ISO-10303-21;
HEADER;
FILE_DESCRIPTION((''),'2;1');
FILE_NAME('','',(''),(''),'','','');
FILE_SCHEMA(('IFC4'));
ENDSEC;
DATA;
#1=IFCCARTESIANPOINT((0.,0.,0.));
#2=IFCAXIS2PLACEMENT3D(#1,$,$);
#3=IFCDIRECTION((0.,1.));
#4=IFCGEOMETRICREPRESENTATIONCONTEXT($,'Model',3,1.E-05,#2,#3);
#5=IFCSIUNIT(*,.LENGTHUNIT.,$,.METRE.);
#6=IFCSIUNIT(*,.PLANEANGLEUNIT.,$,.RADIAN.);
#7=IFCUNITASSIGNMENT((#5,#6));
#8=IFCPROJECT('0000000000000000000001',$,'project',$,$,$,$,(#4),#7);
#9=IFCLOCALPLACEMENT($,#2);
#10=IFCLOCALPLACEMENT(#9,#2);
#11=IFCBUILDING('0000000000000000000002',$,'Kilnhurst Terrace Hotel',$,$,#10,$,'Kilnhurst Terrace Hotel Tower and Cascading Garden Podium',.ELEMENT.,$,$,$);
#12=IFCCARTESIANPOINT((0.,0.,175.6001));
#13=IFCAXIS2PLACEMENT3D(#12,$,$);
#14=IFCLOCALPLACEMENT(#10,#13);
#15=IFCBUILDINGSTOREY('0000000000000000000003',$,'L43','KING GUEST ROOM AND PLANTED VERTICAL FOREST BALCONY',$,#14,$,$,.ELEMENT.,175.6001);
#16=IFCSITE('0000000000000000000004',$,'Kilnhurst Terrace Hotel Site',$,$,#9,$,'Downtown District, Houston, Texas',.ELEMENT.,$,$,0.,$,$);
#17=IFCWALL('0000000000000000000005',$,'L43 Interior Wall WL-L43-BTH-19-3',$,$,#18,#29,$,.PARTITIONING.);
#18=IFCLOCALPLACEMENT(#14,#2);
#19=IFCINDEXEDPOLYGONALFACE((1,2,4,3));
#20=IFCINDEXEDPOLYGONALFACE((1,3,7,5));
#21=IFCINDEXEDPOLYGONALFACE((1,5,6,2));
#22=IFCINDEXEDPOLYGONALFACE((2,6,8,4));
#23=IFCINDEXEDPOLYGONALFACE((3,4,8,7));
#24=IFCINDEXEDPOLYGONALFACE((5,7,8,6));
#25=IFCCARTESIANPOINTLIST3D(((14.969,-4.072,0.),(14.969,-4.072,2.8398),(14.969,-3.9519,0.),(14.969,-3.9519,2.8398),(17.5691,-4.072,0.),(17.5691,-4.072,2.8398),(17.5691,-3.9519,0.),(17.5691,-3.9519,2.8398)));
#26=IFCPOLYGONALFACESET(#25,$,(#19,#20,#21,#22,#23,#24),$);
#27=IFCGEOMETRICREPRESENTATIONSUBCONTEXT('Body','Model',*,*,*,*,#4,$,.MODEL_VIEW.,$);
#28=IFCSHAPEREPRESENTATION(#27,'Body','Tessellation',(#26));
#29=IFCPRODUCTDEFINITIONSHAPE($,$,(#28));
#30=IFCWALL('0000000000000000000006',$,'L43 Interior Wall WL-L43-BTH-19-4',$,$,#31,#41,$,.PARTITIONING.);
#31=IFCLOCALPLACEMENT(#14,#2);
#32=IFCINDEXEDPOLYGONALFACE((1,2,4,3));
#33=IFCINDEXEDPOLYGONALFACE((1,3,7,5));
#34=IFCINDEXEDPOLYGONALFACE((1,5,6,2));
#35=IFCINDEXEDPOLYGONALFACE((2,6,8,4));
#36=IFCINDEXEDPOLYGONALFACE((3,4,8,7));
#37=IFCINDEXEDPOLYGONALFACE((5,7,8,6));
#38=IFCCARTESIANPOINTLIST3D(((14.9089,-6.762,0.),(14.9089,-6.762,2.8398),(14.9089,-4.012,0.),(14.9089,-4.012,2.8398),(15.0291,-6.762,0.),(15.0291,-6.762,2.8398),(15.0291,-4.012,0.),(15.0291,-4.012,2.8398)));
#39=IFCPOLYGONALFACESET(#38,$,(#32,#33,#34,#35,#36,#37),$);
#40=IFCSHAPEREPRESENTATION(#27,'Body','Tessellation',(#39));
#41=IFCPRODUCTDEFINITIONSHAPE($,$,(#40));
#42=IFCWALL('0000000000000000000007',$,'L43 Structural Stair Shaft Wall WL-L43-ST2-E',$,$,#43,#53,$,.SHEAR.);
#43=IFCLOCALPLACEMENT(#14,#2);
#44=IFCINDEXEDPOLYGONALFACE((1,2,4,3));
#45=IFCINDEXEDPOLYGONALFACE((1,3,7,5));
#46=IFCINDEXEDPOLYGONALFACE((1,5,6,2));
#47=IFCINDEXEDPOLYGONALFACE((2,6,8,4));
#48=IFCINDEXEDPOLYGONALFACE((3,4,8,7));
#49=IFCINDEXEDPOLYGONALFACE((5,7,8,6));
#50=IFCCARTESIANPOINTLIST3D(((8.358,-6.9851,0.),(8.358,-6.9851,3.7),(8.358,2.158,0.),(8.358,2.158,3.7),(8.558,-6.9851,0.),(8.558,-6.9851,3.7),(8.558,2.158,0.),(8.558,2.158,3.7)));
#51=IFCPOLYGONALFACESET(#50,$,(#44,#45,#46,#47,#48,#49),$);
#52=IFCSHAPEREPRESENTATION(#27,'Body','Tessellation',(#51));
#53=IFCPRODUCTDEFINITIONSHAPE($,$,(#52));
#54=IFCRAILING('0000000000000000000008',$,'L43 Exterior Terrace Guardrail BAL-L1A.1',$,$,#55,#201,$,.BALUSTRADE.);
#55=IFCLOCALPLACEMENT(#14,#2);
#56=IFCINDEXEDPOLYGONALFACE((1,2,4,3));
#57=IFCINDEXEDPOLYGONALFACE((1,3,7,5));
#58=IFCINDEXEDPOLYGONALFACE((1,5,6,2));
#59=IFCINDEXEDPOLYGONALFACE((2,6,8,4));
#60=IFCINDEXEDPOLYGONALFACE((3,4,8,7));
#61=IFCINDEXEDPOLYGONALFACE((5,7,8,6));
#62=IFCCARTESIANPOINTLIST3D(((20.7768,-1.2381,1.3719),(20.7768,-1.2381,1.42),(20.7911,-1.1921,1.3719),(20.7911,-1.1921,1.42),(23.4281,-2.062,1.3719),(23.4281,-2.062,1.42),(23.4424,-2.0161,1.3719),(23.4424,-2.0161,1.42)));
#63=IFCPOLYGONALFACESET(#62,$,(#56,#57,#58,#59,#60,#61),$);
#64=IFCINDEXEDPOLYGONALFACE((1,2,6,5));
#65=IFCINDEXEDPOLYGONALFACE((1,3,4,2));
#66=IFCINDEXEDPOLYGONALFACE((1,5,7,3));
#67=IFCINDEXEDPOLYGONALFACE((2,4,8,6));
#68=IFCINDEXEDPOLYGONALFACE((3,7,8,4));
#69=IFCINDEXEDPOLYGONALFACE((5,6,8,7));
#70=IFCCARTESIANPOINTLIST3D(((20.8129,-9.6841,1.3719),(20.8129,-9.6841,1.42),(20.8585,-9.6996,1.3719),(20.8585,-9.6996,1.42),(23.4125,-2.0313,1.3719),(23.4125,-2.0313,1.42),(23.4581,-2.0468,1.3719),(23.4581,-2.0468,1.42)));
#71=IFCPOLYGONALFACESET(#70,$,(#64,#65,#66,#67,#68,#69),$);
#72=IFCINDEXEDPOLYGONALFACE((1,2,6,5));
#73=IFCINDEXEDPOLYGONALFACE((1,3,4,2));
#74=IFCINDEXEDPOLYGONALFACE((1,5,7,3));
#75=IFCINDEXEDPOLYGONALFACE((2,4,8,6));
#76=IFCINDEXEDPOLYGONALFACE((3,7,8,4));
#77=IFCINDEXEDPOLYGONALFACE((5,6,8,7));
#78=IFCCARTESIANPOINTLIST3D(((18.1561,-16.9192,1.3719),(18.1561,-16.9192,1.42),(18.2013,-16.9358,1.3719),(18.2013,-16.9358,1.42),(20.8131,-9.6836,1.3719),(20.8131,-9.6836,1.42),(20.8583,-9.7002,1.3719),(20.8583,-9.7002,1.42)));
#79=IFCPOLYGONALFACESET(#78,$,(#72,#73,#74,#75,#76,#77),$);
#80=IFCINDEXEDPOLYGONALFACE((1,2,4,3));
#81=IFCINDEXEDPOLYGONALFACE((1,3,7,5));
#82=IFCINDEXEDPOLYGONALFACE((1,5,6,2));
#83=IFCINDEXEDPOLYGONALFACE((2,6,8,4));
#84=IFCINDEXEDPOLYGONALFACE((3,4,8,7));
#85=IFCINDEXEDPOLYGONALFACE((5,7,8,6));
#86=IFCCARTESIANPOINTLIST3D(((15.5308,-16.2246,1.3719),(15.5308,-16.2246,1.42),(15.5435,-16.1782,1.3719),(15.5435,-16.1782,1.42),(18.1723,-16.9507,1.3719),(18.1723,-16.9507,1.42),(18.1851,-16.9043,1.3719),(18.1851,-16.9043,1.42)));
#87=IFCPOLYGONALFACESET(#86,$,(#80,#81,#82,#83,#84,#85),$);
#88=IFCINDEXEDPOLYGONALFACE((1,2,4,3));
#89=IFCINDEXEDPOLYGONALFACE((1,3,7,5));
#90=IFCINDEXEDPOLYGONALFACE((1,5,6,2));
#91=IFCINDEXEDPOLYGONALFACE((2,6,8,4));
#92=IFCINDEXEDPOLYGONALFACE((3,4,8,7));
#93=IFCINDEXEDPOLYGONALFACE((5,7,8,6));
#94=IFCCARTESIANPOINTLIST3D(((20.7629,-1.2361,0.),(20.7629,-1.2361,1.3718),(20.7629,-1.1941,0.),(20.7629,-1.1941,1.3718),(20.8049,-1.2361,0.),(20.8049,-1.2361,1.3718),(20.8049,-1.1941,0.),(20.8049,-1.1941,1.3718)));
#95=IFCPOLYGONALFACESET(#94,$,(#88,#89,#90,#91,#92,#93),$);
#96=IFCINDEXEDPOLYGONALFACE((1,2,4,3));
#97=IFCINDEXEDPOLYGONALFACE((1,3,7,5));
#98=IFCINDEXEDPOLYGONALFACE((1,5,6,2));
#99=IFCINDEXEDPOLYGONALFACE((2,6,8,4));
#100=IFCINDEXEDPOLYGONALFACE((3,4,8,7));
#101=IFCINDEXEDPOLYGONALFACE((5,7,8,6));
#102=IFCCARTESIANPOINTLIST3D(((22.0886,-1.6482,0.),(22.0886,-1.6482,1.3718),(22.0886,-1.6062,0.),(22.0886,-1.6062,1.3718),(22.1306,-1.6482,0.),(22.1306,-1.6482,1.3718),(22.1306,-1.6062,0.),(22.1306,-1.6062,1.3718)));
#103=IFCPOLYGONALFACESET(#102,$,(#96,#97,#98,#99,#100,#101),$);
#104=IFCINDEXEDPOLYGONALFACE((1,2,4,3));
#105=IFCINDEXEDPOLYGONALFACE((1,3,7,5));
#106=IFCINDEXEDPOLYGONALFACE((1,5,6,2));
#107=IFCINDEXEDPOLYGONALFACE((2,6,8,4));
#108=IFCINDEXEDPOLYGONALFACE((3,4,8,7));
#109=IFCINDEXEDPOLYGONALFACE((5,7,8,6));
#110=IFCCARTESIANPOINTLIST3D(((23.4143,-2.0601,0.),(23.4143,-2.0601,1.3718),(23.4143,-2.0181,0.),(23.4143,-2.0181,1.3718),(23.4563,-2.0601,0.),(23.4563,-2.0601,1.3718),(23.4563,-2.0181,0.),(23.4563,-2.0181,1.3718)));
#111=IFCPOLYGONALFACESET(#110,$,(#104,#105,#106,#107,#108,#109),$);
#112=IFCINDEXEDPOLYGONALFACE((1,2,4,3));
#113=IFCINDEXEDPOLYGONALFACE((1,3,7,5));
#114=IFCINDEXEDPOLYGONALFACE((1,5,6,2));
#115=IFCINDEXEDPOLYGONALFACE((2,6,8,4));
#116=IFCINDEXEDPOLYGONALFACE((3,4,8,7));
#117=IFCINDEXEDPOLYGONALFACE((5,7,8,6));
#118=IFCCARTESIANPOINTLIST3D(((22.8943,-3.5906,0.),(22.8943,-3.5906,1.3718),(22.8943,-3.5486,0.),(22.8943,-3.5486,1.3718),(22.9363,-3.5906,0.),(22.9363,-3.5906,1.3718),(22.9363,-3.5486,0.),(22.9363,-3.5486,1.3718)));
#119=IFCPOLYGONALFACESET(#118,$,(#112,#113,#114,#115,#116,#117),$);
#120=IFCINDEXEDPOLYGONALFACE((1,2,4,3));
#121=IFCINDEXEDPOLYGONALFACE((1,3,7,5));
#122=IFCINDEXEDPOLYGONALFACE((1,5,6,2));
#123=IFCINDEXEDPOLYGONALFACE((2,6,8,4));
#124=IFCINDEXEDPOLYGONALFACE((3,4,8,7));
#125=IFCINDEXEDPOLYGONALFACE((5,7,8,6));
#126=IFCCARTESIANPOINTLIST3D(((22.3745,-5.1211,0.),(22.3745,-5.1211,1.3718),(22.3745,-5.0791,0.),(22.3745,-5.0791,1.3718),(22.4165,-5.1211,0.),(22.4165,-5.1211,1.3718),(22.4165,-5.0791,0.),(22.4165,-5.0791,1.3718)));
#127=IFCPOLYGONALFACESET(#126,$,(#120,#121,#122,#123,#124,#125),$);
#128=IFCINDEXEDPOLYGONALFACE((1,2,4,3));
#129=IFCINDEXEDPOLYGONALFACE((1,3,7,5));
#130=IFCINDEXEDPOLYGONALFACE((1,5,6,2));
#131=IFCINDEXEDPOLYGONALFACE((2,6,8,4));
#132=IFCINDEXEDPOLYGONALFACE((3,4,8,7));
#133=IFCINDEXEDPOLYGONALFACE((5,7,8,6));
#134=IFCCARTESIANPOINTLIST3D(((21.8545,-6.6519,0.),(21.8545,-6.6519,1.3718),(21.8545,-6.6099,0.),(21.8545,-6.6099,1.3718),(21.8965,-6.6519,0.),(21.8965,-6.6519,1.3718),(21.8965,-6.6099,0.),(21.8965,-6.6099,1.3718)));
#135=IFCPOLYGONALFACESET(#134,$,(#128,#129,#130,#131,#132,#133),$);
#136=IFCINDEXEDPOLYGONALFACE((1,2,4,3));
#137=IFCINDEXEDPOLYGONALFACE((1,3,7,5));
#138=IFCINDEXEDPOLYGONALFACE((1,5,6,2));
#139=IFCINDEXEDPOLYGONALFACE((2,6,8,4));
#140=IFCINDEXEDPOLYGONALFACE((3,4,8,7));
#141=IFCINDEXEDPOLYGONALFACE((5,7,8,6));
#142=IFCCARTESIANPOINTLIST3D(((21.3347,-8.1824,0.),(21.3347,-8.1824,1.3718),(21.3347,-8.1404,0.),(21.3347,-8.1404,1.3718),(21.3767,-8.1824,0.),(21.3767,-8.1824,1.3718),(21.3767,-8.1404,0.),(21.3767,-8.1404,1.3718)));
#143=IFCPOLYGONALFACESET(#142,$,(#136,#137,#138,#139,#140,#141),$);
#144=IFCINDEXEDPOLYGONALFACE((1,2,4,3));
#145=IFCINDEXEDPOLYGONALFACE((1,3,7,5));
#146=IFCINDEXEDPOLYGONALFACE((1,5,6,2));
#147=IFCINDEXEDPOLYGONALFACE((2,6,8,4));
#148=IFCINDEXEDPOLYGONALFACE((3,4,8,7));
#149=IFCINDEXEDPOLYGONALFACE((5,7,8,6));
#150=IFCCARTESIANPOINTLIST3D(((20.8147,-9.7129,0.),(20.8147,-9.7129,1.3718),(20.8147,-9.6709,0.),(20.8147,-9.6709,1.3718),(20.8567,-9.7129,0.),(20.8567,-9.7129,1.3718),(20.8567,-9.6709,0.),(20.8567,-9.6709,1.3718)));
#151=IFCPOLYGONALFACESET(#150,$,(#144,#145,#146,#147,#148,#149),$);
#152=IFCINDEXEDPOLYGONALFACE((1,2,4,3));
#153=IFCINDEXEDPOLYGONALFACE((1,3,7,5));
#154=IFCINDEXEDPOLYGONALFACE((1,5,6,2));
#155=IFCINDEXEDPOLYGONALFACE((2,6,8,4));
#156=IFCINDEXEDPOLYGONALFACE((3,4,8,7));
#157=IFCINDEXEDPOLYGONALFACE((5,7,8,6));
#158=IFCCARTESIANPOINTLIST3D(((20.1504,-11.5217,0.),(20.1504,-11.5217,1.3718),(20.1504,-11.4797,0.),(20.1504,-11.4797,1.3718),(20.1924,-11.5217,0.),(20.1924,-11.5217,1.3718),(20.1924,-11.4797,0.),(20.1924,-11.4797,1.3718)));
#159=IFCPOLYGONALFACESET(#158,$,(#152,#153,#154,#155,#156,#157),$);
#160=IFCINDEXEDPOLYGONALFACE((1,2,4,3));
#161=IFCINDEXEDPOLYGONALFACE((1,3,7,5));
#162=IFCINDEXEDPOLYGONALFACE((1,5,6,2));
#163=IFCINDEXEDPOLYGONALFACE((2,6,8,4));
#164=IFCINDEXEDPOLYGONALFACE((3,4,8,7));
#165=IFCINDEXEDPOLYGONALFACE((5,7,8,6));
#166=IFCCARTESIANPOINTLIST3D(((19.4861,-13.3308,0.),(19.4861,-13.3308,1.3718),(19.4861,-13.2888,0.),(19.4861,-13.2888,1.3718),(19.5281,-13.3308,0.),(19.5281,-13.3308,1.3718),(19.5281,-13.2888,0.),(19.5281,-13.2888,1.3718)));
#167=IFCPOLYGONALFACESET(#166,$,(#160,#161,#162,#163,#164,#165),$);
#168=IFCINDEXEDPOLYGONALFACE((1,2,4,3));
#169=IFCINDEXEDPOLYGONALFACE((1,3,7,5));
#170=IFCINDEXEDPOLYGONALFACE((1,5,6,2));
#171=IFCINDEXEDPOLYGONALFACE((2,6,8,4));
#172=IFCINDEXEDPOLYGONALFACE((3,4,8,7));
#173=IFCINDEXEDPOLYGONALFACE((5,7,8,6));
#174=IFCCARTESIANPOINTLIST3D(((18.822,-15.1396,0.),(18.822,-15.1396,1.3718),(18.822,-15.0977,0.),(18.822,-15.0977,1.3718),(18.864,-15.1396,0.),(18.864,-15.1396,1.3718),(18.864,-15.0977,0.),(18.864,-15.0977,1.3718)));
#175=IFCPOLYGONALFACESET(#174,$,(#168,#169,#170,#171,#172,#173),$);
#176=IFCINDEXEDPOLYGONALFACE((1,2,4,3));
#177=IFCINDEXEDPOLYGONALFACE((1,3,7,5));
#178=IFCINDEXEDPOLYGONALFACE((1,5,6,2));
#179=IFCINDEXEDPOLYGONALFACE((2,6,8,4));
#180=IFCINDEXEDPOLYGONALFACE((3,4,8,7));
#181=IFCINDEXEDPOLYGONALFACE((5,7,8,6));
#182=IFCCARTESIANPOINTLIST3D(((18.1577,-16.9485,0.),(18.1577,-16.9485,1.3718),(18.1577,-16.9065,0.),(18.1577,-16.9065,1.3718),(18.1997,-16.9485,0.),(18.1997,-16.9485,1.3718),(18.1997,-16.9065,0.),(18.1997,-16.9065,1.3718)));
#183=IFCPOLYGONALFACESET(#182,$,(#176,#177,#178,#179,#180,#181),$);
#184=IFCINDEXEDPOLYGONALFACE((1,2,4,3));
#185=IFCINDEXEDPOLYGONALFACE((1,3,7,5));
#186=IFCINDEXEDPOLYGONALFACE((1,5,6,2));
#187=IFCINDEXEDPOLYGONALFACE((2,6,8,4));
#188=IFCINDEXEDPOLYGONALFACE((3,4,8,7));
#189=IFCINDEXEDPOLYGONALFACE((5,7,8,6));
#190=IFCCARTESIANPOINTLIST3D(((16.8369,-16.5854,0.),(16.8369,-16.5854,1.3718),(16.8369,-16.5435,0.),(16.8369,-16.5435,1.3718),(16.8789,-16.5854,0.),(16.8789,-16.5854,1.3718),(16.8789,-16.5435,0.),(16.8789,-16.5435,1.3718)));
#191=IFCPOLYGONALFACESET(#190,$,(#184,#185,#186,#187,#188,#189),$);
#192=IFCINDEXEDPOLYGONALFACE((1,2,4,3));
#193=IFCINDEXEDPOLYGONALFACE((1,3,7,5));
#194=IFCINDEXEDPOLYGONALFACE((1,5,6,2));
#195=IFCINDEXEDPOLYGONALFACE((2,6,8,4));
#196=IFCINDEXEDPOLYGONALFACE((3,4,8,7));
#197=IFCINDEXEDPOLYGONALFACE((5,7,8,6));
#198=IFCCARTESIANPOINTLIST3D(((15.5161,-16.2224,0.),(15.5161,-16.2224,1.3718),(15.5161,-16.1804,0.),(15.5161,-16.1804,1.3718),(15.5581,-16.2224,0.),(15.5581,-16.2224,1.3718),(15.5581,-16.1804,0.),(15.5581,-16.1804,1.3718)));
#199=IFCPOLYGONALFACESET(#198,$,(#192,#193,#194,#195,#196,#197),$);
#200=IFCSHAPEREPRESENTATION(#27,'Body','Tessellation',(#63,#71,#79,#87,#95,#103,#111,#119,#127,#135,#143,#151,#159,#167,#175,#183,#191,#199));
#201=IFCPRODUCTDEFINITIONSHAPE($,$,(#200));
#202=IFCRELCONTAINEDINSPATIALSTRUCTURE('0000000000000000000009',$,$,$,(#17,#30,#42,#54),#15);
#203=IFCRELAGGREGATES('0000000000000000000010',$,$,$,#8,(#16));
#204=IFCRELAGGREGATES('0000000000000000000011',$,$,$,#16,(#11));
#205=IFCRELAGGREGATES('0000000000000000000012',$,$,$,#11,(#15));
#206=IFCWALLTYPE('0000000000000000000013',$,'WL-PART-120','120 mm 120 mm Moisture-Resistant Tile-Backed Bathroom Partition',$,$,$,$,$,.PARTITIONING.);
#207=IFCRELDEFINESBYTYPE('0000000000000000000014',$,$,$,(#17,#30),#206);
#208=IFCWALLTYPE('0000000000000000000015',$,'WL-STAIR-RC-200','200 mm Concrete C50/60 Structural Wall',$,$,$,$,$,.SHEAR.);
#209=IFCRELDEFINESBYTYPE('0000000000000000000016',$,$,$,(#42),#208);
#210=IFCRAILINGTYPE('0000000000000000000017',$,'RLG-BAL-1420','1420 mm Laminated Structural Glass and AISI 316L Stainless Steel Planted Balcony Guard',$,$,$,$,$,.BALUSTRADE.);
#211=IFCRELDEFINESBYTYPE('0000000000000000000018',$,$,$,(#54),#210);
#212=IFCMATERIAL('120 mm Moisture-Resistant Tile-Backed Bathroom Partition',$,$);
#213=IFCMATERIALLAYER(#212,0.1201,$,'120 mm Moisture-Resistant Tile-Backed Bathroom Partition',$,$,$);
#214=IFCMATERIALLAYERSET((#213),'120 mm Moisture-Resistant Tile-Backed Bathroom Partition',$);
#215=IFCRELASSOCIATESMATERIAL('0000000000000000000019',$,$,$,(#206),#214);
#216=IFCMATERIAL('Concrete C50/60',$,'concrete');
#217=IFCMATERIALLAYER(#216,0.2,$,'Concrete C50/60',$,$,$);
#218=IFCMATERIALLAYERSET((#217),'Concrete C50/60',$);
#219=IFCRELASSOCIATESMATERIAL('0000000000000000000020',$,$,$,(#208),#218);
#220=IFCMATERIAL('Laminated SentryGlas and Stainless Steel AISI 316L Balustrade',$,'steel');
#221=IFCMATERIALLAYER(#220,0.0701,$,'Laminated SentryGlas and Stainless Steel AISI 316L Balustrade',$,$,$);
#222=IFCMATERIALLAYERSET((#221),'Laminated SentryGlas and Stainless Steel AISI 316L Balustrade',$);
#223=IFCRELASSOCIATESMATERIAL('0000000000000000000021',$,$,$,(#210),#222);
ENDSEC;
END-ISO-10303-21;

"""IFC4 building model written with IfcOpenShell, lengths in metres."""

from ifc_helpers import new_model, si_unit, direction, frame, frame_2d, origin, origin_2d, place, context, subcontext, project, spatial, rectangle, extrude, material, layer, layer_set, type_object, element, save


model = new_model("IFC4")

# Units and contexts
model_context = context("Model", 3, precision=1e-05, world=origin(), true_north=direction((0.0, 1.0)))
body_context = subcontext(model_context, "Body", "Model", "MODEL_VIEW")
ifc_project = project(units=[si_unit("LENGTHUNIT", "METRE"), si_unit("PLANEANGLEUNIT", "RADIAN")], contexts=[model_context])

# Site, building, storey
site_placement = place(None, origin())
site = spatial("IfcSite", under=ifc_project, at=site_placement, Name="Kilnhurst Terrace Hotel Site", LongName="Downtown District, Houston, Texas", CompositionType="ELEMENT", RefElevation=0.0)
building_placement = place(site_placement, origin())
building = spatial("IfcBuilding", under=site, at=building_placement, Name="Kilnhurst Terrace Hotel", LongName="Kilnhurst Terrace Hotel Tower and Cascading Garden Podium", CompositionType="ELEMENT")
storey_placement = place(building_placement, frame((0.0, 0.0, 175.6001)))
storey = spatial("IfcBuildingStorey", under=building, at=storey_placement, Name="L43", Description="KING GUEST ROOM AND PLANTED VERTICAL FOREST BALCONY", CompositionType="ELEMENT", Elevation=175.6001)

# Shared definitions
ifc_material_1 = material(Name="Concrete C50/60", Category="concrete")

# Shared definitions
ifc_material_2 = material(Name="120 mm Moisture-Resistant Tile-Backed Bathroom Partition")
ifc_layer_1 = layer(ifc_material_2, 0.1201, Name="120 mm Moisture-Resistant Tile-Backed Bathroom Partition")
ifc_layer_set_1 = layer_set([ifc_layer_1], Name="120 mm Moisture-Resistant Tile-Backed Bathroom Partition")
wall_type_1 = type_object("IfcWallType", Name="WL-PART-120", Description="120 mm 120 mm Moisture-Resistant Tile-Backed Bathroom Partition", PredefinedType="PARTITIONING", material=ifc_layer_set_1)

# Walls
wall_1_placement = place(storey_placement, frame((17.5691, -4.012, 0.0), z_axis=(0.0, 0.0, 1.0), x_axis=(-1.0, 0.0, 0.0)))
element("IfcWall", 1, at=wall_1_placement, inside=storey, type_object=wall_type_1, Name="L43 Interior Wall WL-L43-BTH-19-3", PredefinedType="PARTITIONING", context=body_context, shape_type="SweptSolid", body=[
    extrude(rectangle(XDim=2.6001, YDim=0.1201, at=frame_2d((1.3, 0.0))), origin(), (0.0, 0.0, 1.0), 2.8398),
])
wall_2_placement = place(storey_placement, frame((14.969, -4.012, 0.0), z_axis=(0.0, 0.0, 1.0), x_axis=(0.0, -1.0, 0.0)))
element("IfcWall", 2, at=wall_2_placement, inside=storey, type_object=wall_type_1, Name="L43 Interior Wall WL-L43-BTH-19-4", PredefinedType="PARTITIONING", context=body_context, shape_type="SweptSolid", body=[
    extrude(rectangle(XDim=2.75, YDim=0.1201, at=frame_2d((1.375, 0.0))), origin(), (0.0, 0.0, 1.0), 2.8398),
])
ifc_layer_2 = layer(ifc_material_1, 0.2, Name="Concrete C50/60")
ifc_layer_set_2 = layer_set([ifc_layer_2], Name="Concrete C50/60")
wall_type_2 = type_object("IfcWallType", Name="WL-STAIR-RC-200", Description="200 mm Concrete C50/60 Structural Wall", PredefinedType="SHEAR", material=ifc_layer_set_2)
wall_3_placement = place(storey_placement, frame((8.458, -6.9851, 0.0), z_axis=(0.0, 0.0, 1.0), x_axis=(0.0, 1.0, 0.0)))
element("IfcWall", 3, at=wall_3_placement, inside=storey, type_object=wall_type_2, Name="L43 Structural Stair Shaft Wall WL-L43-ST2-E", PredefinedType="SHEAR", context=body_context, shape_type="SweptSolid", body=[
    extrude(rectangle(XDim=9.1431, YDim=0.2, at=frame_2d((4.5715, 0.0))), origin(), (0.0, 0.0, 1.0), 3.7),
])

# Railing
ifc_material_3 = material(Name="Laminated SentryGlas and Stainless Steel AISI 316L Balustrade", Category="steel")
ifc_layer_3 = layer(ifc_material_3, 0.0701, Name="Laminated SentryGlas and Stainless Steel AISI 316L Balustrade")
ifc_layer_set_3 = layer_set([ifc_layer_3], Name="Laminated SentryGlas and Stainless Steel AISI 316L Balustrade")
railing_type_1 = type_object("IfcRailingType", Name="RLG-BAL-1420", Description="1420 mm Laminated Structural Glass and AISI 316L Stainless Steel Planted Balcony Guard", PredefinedType="BALUSTRADE", material=ifc_layer_set_3)
railing_1_placement = place(storey_placement, frame((20.7839, -1.2151, 0.0)))
element("IfcRailing", 4, at=railing_1_placement, inside=storey, type_object=railing_type_1, Name="L43 Exterior Terrace Guardrail BAL-L1A.1", PredefinedType="BALUSTRADE", context=body_context, shape_type="SweptSolid", body=[
    extrude(rectangle(XDim=0.0481, YDim=0.0481, at=origin_2d()), frame((0.0, 0.0, 1.396), z_axis=(0.954948, -0.296773, 0.0), x_axis=(0.296773, 0.954948, 0.0)), (0.0, 0.0, 1.0), 2.7764),
    extrude(rectangle(XDim=0.0481, YDim=0.0481, at=origin_2d()), frame((2.6514, -0.824, 1.396), z_axis=(-0.321642, -0.946861, 0.0), x_axis=(0.946861, -0.321642, 0.0)), (0.0, 0.0, 1.0), 8.0823),
    extrude(rectangle(XDim=0.0481, YDim=0.0481, at=origin_2d()), frame((0.0518, -8.4768, 1.396), z_axis=(-0.344704, -0.938711, 0.0), x_axis=(0.938711, -0.344704, 0.0)), (0.0, 0.0, 1.0), 7.708),
    extrude(rectangle(XDim=0.0481, YDim=0.0481, at=origin_2d()), frame((-2.6052, -15.7124, 1.396), z_axis=(-0.96424, 0.265032, 0.0), x_axis=(-0.265032, -0.96424, 0.0)), (0.0, 0.0, 1.0), 2.7395),
    extrude(rectangle(XDim=0.042, YDim=0.042, at=origin_2d()), origin(), (0.0, 0.0, 1.0), 1.3718),
    extrude(rectangle(XDim=0.042, YDim=0.042, at=origin_2d()), frame((1.3257, -0.4121, 0.0)), (0.0, 0.0, 1.0), 1.3718),
    extrude(rectangle(XDim=0.042, YDim=0.042, at=origin_2d()), frame((2.6514, -0.824, 0.0)), (0.0, 0.0, 1.0), 1.3718),
    extrude(rectangle(XDim=0.042, YDim=0.042, at=origin_2d()), frame((2.1313, -2.3545, 0.0)), (0.0, 0.0, 1.0), 1.3718),
    extrude(rectangle(XDim=0.042, YDim=0.042, at=origin_2d()), frame((1.6116, -3.885, 0.0)), (0.0, 0.0, 1.0), 1.3718),
    extrude(rectangle(XDim=0.042, YDim=0.042, at=origin_2d()), frame((1.0916, -5.4158, 0.0)), (0.0, 0.0, 1.0), 1.3718),
    extrude(rectangle(XDim=0.042, YDim=0.042, at=origin_2d()), frame((0.5718, -6.9463, 0.0)), (0.0, 0.0, 1.0), 1.3718),
    extrude(rectangle(XDim=0.042, YDim=0.042, at=origin_2d()), frame((0.0518, -8.4768, 0.0)), (0.0, 0.0, 1.0), 1.3718),
    extrude(rectangle(XDim=0.042, YDim=0.042, at=origin_2d()), frame((-0.6125, -10.2856, 0.0)), (0.0, 0.0, 1.0), 1.3718),
    extrude(rectangle(XDim=0.042, YDim=0.042, at=origin_2d()), frame((-1.2769, -12.0947, 0.0)), (0.0, 0.0, 1.0), 1.3718),
    extrude(rectangle(XDim=0.042, YDim=0.042, at=origin_2d()), frame((-1.9409, -13.9036, 0.0)), (0.0, 0.0, 1.0), 1.3718),
    extrude(rectangle(XDim=0.042, YDim=0.042, at=origin_2d()), frame((-2.6052, -15.7124, 0.0)), (0.0, 0.0, 1.0), 1.3718),
    extrude(rectangle(XDim=0.042, YDim=0.042, at=origin_2d()), frame((-3.926, -15.3494, 0.0)), (0.0, 0.0, 1.0), 1.3718),
    extrude(rectangle(XDim=0.042, YDim=0.042, at=origin_2d()), frame((-5.2468, -14.9863, 0.0)), (0.0, 0.0, 1.0), 1.3718),
])

save(model, "model.ifc")
